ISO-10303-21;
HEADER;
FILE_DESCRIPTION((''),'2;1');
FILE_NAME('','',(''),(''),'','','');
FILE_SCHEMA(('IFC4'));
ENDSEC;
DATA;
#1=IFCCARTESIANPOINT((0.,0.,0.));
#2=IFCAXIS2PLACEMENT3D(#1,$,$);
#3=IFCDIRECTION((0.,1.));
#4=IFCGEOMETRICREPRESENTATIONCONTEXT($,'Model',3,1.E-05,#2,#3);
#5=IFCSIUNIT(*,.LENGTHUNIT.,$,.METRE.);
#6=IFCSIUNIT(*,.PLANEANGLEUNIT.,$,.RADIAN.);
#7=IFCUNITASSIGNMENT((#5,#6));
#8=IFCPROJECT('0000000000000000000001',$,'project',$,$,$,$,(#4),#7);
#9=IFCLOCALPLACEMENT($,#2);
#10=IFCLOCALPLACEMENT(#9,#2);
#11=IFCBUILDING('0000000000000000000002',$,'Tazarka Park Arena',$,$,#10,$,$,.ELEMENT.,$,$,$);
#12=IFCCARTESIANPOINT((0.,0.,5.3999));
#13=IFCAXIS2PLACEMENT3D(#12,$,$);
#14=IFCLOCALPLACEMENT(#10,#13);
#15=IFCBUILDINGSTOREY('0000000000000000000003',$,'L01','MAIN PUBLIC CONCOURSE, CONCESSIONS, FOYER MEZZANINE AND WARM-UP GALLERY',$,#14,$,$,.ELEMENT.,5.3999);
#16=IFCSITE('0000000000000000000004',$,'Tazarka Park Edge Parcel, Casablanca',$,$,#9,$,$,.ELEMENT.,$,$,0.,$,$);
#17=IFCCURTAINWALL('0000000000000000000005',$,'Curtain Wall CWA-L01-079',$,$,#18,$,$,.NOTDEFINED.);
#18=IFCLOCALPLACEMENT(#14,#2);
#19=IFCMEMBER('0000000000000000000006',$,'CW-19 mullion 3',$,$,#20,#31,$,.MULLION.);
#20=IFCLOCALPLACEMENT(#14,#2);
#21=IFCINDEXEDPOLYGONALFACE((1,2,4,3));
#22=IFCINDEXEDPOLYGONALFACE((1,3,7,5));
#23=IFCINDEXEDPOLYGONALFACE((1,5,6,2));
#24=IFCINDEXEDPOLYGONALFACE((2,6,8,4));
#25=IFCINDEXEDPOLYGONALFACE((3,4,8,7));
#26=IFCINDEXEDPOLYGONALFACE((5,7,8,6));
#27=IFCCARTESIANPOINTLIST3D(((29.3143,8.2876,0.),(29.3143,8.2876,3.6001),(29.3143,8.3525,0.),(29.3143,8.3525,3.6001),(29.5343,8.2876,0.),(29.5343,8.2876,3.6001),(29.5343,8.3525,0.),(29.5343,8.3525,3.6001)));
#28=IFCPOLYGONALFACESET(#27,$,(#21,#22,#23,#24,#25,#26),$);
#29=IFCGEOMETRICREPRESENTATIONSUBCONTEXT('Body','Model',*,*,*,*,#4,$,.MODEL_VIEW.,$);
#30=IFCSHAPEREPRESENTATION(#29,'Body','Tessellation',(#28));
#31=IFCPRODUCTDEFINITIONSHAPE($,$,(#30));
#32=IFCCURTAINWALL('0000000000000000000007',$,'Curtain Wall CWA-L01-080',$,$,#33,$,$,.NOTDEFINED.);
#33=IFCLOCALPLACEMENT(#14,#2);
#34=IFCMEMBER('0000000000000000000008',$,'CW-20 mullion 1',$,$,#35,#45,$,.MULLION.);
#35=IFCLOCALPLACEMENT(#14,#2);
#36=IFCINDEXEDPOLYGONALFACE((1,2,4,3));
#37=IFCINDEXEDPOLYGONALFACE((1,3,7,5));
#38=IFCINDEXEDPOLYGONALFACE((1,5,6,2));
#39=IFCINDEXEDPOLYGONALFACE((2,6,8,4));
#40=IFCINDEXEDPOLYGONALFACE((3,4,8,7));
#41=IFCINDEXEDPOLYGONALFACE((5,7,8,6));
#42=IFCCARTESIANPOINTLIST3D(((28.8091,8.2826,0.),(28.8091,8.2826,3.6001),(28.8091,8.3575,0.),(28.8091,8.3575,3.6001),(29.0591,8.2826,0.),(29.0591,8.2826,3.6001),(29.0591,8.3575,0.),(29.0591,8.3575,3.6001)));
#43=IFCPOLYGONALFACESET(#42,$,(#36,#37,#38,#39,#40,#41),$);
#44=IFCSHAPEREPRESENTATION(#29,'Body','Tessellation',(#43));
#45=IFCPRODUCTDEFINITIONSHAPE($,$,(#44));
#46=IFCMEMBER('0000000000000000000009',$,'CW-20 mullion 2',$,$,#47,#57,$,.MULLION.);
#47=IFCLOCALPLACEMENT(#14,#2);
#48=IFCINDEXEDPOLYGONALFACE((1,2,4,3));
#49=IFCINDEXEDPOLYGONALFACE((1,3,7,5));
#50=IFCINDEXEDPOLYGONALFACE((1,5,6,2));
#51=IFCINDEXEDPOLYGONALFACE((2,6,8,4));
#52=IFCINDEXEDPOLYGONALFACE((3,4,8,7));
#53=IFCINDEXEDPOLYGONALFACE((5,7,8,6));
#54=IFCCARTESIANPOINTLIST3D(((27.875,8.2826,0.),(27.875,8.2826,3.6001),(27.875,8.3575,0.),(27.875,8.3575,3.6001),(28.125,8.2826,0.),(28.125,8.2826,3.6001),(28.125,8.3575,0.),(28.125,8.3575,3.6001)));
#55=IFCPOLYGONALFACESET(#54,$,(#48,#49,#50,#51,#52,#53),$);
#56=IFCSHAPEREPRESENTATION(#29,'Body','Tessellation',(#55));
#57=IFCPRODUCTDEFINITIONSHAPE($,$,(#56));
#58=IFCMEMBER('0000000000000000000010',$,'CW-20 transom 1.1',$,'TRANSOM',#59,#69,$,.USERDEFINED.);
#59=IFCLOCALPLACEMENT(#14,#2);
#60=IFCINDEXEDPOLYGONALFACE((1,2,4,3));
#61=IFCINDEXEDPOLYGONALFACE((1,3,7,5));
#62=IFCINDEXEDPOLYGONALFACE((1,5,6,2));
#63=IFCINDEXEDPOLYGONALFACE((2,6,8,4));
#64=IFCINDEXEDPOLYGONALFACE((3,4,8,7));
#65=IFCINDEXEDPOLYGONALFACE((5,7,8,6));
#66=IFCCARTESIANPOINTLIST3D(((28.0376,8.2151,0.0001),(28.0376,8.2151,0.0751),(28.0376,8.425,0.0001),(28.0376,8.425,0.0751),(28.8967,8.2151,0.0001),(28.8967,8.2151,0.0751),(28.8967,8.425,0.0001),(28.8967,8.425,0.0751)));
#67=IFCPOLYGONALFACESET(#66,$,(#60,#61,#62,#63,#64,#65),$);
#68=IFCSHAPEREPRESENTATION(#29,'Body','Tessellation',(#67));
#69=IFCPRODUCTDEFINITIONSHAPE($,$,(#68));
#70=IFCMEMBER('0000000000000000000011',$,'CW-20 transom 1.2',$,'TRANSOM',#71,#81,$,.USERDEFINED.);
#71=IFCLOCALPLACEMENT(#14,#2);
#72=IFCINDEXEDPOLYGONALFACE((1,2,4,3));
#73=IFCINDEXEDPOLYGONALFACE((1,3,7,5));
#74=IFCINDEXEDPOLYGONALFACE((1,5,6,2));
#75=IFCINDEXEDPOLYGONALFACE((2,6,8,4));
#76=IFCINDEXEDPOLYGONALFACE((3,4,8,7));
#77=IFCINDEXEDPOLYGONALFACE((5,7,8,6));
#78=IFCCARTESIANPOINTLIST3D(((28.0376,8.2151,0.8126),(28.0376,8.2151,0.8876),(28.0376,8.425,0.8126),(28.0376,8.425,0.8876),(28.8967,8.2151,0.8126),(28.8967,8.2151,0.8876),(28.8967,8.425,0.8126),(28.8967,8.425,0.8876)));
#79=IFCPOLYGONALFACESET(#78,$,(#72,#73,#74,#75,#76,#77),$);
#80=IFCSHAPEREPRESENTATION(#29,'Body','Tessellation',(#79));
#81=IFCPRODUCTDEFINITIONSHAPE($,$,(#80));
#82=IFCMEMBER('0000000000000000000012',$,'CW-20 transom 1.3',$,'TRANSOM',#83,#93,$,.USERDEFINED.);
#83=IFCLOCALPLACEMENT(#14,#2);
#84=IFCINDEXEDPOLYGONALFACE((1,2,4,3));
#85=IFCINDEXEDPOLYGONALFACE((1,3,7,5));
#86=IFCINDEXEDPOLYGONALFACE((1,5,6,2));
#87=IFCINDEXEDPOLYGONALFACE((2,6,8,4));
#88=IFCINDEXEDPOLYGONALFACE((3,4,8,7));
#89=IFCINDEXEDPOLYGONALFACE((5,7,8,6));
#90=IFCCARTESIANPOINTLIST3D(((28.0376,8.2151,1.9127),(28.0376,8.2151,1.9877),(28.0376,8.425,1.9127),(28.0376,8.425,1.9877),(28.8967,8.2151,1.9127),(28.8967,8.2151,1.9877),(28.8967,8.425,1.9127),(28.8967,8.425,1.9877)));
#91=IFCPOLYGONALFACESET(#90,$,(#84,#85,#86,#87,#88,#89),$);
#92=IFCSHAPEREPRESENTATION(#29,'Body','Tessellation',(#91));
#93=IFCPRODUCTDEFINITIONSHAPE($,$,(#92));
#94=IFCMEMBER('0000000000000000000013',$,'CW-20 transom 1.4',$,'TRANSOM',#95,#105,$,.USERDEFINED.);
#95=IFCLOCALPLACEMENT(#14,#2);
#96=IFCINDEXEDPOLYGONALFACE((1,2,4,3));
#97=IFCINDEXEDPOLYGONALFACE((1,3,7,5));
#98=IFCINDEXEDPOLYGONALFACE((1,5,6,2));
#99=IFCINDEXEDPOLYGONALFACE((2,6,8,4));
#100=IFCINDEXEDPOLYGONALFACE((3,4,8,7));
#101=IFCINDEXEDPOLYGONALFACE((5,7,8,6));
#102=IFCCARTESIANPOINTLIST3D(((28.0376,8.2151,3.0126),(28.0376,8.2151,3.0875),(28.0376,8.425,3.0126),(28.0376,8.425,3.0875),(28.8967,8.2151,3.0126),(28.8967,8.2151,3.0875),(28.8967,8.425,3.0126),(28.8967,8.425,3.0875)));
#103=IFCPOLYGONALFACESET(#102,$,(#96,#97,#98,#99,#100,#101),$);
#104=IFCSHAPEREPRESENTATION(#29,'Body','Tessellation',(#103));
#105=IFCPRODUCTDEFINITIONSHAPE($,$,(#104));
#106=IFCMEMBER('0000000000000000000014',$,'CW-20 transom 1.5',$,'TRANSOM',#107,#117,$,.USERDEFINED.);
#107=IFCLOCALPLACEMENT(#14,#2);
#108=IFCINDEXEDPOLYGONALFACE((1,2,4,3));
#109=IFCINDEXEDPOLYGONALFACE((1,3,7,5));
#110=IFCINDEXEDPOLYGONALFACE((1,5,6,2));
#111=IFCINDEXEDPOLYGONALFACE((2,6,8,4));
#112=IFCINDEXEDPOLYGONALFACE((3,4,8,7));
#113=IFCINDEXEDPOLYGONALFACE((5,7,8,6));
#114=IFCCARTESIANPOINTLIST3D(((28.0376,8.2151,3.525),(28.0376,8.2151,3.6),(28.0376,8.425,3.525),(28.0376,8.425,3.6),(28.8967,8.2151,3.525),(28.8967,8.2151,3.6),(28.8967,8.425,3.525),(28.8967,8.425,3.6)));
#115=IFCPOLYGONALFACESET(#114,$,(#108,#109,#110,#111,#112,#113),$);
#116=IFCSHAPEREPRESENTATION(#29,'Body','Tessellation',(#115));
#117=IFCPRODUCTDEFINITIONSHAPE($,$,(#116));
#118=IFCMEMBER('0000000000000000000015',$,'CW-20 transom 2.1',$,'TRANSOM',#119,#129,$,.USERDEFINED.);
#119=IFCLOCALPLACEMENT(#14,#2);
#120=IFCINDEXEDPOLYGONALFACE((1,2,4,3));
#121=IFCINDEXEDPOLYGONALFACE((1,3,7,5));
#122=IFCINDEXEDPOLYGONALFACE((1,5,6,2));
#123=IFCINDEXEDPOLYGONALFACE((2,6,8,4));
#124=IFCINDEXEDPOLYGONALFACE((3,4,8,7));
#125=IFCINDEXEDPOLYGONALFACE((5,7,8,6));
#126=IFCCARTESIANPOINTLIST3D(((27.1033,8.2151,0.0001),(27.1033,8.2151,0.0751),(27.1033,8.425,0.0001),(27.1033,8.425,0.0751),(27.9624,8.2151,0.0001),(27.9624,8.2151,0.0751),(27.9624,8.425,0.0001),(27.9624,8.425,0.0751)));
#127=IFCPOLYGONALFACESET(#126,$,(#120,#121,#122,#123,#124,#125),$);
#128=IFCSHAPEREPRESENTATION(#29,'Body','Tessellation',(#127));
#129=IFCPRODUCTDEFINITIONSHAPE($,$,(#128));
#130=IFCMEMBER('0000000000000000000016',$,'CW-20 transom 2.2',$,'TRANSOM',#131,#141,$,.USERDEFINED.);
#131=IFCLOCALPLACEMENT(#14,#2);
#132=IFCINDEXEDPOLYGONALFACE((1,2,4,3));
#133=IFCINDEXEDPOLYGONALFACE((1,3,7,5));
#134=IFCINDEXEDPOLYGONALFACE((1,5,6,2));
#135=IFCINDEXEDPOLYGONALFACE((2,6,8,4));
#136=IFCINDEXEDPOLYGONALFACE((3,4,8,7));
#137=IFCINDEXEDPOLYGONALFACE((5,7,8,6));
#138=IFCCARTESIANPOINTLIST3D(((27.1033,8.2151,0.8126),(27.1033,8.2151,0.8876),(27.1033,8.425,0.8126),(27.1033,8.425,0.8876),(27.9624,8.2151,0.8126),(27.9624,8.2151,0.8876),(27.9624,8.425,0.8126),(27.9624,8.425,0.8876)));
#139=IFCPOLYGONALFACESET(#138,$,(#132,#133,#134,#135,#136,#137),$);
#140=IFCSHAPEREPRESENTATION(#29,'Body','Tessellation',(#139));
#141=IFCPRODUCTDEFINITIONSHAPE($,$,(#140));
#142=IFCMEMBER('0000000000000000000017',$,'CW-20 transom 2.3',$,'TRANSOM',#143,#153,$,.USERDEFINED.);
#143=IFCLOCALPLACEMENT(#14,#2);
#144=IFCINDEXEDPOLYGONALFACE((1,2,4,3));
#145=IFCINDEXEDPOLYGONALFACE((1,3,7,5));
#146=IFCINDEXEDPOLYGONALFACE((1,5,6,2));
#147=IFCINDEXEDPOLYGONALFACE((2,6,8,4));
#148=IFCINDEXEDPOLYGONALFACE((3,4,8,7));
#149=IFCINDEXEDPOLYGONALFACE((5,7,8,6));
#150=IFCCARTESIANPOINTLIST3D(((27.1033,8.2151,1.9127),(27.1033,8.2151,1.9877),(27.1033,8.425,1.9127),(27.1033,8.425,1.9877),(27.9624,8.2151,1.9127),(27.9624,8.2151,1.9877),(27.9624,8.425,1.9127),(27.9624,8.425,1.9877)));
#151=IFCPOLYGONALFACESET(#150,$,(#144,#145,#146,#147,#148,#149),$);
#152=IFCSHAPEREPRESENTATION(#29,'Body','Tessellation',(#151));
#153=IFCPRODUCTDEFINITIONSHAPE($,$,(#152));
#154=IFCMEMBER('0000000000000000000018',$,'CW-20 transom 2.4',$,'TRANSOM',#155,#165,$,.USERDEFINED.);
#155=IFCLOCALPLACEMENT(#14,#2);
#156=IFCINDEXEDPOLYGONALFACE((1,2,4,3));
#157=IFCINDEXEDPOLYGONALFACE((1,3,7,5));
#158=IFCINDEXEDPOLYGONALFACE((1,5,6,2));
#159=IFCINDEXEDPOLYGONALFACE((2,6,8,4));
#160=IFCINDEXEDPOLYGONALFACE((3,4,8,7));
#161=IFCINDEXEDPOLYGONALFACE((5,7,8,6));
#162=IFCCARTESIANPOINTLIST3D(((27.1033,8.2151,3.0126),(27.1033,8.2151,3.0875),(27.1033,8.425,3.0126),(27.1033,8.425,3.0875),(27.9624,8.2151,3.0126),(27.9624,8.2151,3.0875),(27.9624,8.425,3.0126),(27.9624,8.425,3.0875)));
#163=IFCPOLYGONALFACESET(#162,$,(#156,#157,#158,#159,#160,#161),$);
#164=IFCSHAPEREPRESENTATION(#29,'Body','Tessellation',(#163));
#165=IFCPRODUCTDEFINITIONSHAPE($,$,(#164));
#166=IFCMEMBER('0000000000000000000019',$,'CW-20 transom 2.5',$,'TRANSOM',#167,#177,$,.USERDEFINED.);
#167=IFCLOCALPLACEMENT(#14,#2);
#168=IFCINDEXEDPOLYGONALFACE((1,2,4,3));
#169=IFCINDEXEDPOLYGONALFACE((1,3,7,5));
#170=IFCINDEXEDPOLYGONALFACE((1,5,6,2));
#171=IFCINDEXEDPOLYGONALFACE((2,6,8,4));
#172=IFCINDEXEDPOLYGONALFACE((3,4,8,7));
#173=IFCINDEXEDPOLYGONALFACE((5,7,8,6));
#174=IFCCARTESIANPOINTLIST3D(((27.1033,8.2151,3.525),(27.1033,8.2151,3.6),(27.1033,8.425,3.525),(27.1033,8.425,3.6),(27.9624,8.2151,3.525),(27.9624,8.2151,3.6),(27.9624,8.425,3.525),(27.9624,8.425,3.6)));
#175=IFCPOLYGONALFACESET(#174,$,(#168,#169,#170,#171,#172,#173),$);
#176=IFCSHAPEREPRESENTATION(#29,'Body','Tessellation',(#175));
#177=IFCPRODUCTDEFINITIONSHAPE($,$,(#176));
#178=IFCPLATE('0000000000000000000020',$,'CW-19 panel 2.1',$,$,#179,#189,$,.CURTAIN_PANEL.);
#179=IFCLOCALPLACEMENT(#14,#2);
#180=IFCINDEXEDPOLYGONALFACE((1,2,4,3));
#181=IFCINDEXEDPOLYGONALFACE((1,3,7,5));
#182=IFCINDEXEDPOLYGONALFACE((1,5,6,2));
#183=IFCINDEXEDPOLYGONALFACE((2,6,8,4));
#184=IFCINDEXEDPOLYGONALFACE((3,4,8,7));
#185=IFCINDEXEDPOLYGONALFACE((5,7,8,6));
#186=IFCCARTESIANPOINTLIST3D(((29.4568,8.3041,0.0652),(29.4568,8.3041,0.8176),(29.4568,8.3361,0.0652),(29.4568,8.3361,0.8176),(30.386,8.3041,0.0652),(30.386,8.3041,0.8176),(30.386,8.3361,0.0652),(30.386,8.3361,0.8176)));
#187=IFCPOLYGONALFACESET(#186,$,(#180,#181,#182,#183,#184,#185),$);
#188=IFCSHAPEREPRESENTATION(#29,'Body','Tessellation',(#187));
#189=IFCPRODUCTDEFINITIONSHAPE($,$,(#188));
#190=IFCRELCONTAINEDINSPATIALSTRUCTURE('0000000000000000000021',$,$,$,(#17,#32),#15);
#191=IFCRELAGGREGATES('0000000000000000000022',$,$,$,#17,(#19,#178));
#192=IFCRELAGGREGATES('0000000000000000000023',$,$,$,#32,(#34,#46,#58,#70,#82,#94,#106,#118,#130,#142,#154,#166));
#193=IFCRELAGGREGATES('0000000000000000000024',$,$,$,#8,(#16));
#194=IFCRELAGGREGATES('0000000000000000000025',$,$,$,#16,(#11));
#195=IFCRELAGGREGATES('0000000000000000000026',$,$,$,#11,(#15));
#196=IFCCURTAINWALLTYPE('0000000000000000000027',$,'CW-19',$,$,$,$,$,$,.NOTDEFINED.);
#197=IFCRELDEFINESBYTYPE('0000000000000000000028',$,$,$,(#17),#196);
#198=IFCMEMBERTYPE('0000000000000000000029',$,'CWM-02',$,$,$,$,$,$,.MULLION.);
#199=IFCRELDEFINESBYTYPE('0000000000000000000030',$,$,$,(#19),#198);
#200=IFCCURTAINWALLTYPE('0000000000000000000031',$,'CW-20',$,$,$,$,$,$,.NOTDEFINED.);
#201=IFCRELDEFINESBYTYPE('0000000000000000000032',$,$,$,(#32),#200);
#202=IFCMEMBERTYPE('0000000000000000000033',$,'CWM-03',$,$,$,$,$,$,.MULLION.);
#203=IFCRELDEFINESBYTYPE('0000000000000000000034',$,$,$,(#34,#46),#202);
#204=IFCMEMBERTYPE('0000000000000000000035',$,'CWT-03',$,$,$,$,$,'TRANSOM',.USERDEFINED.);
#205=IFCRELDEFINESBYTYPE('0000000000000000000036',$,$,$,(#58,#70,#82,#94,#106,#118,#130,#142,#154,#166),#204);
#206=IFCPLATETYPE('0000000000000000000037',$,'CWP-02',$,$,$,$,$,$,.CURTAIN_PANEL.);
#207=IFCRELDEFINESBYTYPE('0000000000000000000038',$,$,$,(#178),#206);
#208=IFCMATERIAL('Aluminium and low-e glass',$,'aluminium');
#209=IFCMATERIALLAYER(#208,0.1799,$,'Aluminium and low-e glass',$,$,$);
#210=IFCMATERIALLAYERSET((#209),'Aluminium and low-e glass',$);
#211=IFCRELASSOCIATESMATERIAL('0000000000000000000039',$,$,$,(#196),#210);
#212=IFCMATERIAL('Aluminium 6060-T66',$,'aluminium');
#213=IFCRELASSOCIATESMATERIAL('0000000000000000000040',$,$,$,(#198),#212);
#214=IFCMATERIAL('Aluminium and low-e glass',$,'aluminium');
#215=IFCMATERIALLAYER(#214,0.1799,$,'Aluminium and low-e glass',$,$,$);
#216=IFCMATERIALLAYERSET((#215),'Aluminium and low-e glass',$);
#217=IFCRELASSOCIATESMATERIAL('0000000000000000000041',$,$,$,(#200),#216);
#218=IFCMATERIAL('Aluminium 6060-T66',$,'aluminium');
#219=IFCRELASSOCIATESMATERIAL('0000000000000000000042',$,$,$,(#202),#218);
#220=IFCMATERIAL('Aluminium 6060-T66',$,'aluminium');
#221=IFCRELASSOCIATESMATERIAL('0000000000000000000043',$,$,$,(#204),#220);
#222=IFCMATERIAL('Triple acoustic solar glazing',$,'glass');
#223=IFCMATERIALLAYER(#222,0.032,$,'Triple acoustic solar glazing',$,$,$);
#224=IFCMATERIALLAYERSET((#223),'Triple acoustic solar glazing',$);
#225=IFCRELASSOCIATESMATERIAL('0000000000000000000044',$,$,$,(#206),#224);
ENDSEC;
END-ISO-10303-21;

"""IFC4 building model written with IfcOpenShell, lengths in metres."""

from ifc_helpers import new_model, si_unit, direction, frame, origin, origin_2d, place, context, subcontext, project, spatial, rectangle, extrude, material, layer, layer_set, material_profile, profile_set, type_object, element, aggregate, save


model = new_model("IFC4")

# Units and contexts
model_context = context("Model", 3, precision=1e-05, world=origin(), true_north=direction((0.0, 1.0)))
body_context = subcontext(model_context, "Body", "Model", "MODEL_VIEW")
ifc_project = project(units=[si_unit("LENGTHUNIT", "METRE"), si_unit("PLANEANGLEUNIT", "RADIAN")], contexts=[model_context])

# Site, building, storey
site_placement = place(None, origin())
site = spatial("IfcSite", under=ifc_project, at=site_placement, Name="Tazarka Park Edge Parcel, Casablanca", CompositionType="ELEMENT", RefElevation=0.0)
building_placement = place(site_placement, origin())
building = spatial("IfcBuilding", under=site, at=building_placement, Name="Tazarka Park Arena", CompositionType="ELEMENT")
storey_placement = place(building_placement, frame((0.0, 0.0, 5.3999)))
storey = spatial("IfcBuildingStorey", under=building, at=storey_placement, Name="L01", Description="MAIN PUBLIC CONCOURSE, CONCESSIONS, FOYER MEZZANINE AND WARM-UP GALLERY", CompositionType="ELEMENT", Elevation=5.3999)

# Curtain wall, member
ifc_material_1 = material(Name="Aluminium and low-e glass", Category="aluminium")
ifc_layer_1 = layer(ifc_material_1, 0.1799, Name="Aluminium and low-e glass")
ifc_layer_set_1 = layer_set([ifc_layer_1], Name="Aluminium and low-e glass")
curtain_wall_type_1 = type_object("IfcCurtainWallType", Name="CW-19", PredefinedType="NOTDEFINED", material=ifc_layer_set_1)
curtain_wall_1_placement = place(storey_placement, origin())
curtain_wall_1 = element("IfcCurtainWall", 1, at=curtain_wall_1_placement, inside=storey, type_object=curtain_wall_type_1, Name="Curtain Wall CWA-L01-079", PredefinedType="NOTDEFINED")
ifc_material_2 = material(Name="Aluminium 6060-T66", Category="aluminium")
ifc_material_profile_1 = material_profile(ifc_material_2, rectangle(XDim=0.0649, YDim=0.22, at=origin_2d()), Name="Aluminium 6060-T66")
ifc_profile_set_1 = profile_set([ifc_material_profile_1], Name="Aluminium 6060-T66")
member_type_1 = type_object("IfcMemberType", Name="CWM-02", PredefinedType="MULLION", material=ifc_profile_set_1)
member_1_placement = place(storey_placement, frame((29.4243, 8.3201, 0.0), z_axis=(0.0, 0.0, 1.0), x_axis=(0.0, -1.0, 0.0)))
member_1 = element("IfcMember", 2, at=member_1_placement, type_object=member_type_1, Name="CW-19 mullion 3", PredefinedType="MULLION", context=body_context, shape_type="SweptSolid", body=[
    extrude(rectangle(XDim=0.0649, YDim=0.22, at=origin_2d()), origin(), (0.0, 0.0, 1.0), 3.6001),
])

# Curtain wall, members
ifc_material_3 = material(Name="Aluminium and low-e glass", Category="aluminium")
ifc_layer_2 = layer(ifc_material_3, 0.1799, Name="Aluminium and low-e glass")
ifc_layer_set_2 = layer_set([ifc_layer_2], Name="Aluminium and low-e glass")
curtain_wall_type_2 = type_object("IfcCurtainWallType", Name="CW-20", PredefinedType="NOTDEFINED", material=ifc_layer_set_2)
curtain_wall_2_placement = place(storey_placement, origin())
curtain_wall_2 = element("IfcCurtainWall", 3, at=curtain_wall_2_placement, inside=storey, type_object=curtain_wall_type_2, Name="Curtain Wall CWA-L01-080", PredefinedType="NOTDEFINED")
ifc_material_4 = material(Name="Aluminium 6060-T66", Category="aluminium")
ifc_material_profile_2 = material_profile(ifc_material_4, rectangle(XDim=0.075, YDim=0.25, at=origin_2d()), Name="Aluminium 6060-T66")
ifc_profile_set_2 = profile_set([ifc_material_profile_2], Name="Aluminium 6060-T66")
member_type_2 = type_object("IfcMemberType", Name="CWM-03", PredefinedType="MULLION", material=ifc_profile_set_2)
member_2_placement = place(storey_placement, frame((28.9341, 8.3201, 0.0), z_axis=(0.0, 0.0, 1.0), x_axis=(0.0, -1.0, 0.0)))
member_2 = element("IfcMember", 4, at=member_2_placement, type_object=member_type_2, Name="CW-20 mullion 1", PredefinedType="MULLION", context=body_context, shape_type="SweptSolid", body=[
    extrude(rectangle(XDim=0.075, YDim=0.25, at=origin_2d()), origin(), (0.0, 0.0, 1.0), 3.6001),
])
member_3_placement = place(storey_placement, frame((28.0, 8.3201, 0.0), z_axis=(0.0, 0.0, 1.0), x_axis=(0.0, -1.0, 0.0)))
member_3 = element("IfcMember", 5, at=member_3_placement, type_object=member_type_2, Name="CW-20 mullion 2", PredefinedType="MULLION", context=body_context, shape_type="SweptSolid", body=[
    extrude(rectangle(XDim=0.075, YDim=0.25, at=origin_2d()), origin(), (0.0, 0.0, 1.0), 3.6001),
])
ifc_material_5 = material(Name="Aluminium 6060-T66", Category="aluminium")
ifc_material_profile_3 = material_profile(ifc_material_5, rectangle(XDim=0.21, YDim=0.075, at=origin_2d()), Name="Aluminium 6060-T66")
ifc_profile_set_3 = profile_set([ifc_material_profile_3], Name="Aluminium 6060-T66")
member_type_3 = type_object("IfcMemberType", Name="CWT-03", ElementType="TRANSOM", PredefinedType="USERDEFINED", material=ifc_profile_set_3)
member_4_placement = place(storey_placement, frame((28.8967, 8.3201, 0.0376), z_axis=(-1.0, 0.0, 0.0), x_axis=(0.0, -1.0, 0.0)))
member_4 = element("IfcMember", 6, at=member_4_placement, type_object=member_type_3, Name="CW-20 transom 1.1", ObjectType="TRANSOM", PredefinedType="USERDEFINED", context=body_context, shape_type="SweptSolid", body=[
    extrude(rectangle(XDim=0.21, YDim=0.075, at=origin_2d()), origin(), (0.0, 0.0, 1.0), 0.8591),
])
member_5_placement = place(storey_placement, frame((28.8967, 8.3201, 0.8501), z_axis=(-1.0, 0.0, 0.0), x_axis=(0.0, -1.0, 0.0)))
member_5 = element("IfcMember", 7, at=member_5_placement, type_object=member_type_3, Name="CW-20 transom 1.2", ObjectType="TRANSOM", PredefinedType="USERDEFINED", context=body_context, shape_type="SweptSolid", body=[
    extrude(rectangle(XDim=0.21, YDim=0.075, at=origin_2d()), origin(), (0.0, 0.0, 1.0), 0.8591),
])
member_6_placement = place(storey_placement, frame((28.8967, 8.3201, 1.9502), z_axis=(-1.0, 0.0, 0.0), x_axis=(0.0, -1.0, 0.0)))
member_6 = element("IfcMember", 8, at=member_6_placement, type_object=member_type_3, Name="CW-20 transom 1.3", ObjectType="TRANSOM", PredefinedType="USERDEFINED", context=body_context, shape_type="SweptSolid", body=[
    extrude(rectangle(XDim=0.21, YDim=0.075, at=origin_2d()), origin(), (0.0, 0.0, 1.0), 0.8591),
])
member_7_placement = place(storey_placement, frame((28.8967, 8.3201, 3.05), z_axis=(-1.0, 0.0, 0.0), x_axis=(0.0, -1.0, 0.0)))
member_7 = element("IfcMember", 9, at=member_7_placement, type_object=member_type_3, Name="CW-20 transom 1.4", ObjectType="TRANSOM", PredefinedType="USERDEFINED", context=body_context, shape_type="SweptSolid", body=[
    extrude(rectangle(XDim=0.21, YDim=0.075, at=origin_2d()), origin(), (0.0, 0.0, 1.0), 0.8591),
])
member_8_placement = place(storey_placement, frame((28.8967, 8.3201, 3.5625), z_axis=(-1.0, 0.0, 0.0), x_axis=(0.0, -1.0, 0.0)))
member_8 = element("IfcMember", 10, at=member_8_placement, type_object=member_type_3, Name="CW-20 transom 1.5", ObjectType="TRANSOM", PredefinedType="USERDEFINED", context=body_context, shape_type="SweptSolid", body=[
    extrude(rectangle(XDim=0.21, YDim=0.075, at=origin_2d()), origin(), (0.0, 0.0, 1.0), 0.8591),
])
member_9_placement = place(storey_placement, frame((27.9624, 8.3201, 0.0376), z_axis=(-1.0, 0.0, 0.0), x_axis=(0.0, -1.0, 0.0)))
member_9 = element("IfcMember", 11, at=member_9_placement, type_object=member_type_3, Name="CW-20 transom 2.1", ObjectType="TRANSOM", PredefinedType="USERDEFINED", context=body_context, shape_type="SweptSolid", body=[
    extrude(rectangle(XDim=0.21, YDim=0.075, at=origin_2d()), origin(), (0.0, 0.0, 1.0), 0.8591),
])
member_10_placement = place(storey_placement, frame((27.9624, 8.3201, 0.8501), z_axis=(-1.0, 0.0, 0.0), x_axis=(0.0, -1.0, 0.0)))
member_10 = element("IfcMember", 12, at=member_10_placement, type_object=member_type_3, Name="CW-20 transom 2.2", ObjectType="TRANSOM", PredefinedType="USERDEFINED", context=body_context, shape_type="SweptSolid", body=[
    extrude(rectangle(XDim=0.21, YDim=0.075, at=origin_2d()), origin(), (0.0, 0.0, 1.0), 0.8591),
])
member_11_placement = place(storey_placement, frame((27.9624, 8.3201, 1.9502), z_axis=(-1.0, 0.0, 0.0), x_axis=(0.0, -1.0, 0.0)))
member_11 = element("IfcMember", 13, at=member_11_placement, type_object=member_type_3, Name="CW-20 transom 2.3", ObjectType="TRANSOM", PredefinedType="USERDEFINED", context=body_context, shape_type="SweptSolid", body=[
    extrude(rectangle(XDim=0.21, YDim=0.075, at=origin_2d()), origin(), (0.0, 0.0, 1.0), 0.8591),
])
member_12_placement = place(storey_placement, frame((27.9624, 8.3201, 3.05), z_axis=(-1.0, 0.0, 0.0), x_axis=(0.0, -1.0, 0.0)))
member_12 = element("IfcMember", 14, at=member_12_placement, type_object=member_type_3, Name="CW-20 transom 2.4", ObjectType="TRANSOM", PredefinedType="USERDEFINED", context=body_context, shape_type="SweptSolid", body=[
    extrude(rectangle(XDim=0.21, YDim=0.075, at=origin_2d()), origin(), (0.0, 0.0, 1.0), 0.8591),
])
member_13_placement = place(storey_placement, frame((27.9624, 8.3201, 3.5625), z_axis=(-1.0, 0.0, 0.0), x_axis=(0.0, -1.0, 0.0)))
member_13 = element("IfcMember", 15, at=member_13_placement, type_object=member_type_3, Name="CW-20 transom 2.5", ObjectType="TRANSOM", PredefinedType="USERDEFINED", context=body_context, shape_type="SweptSolid", body=[
    extrude(rectangle(XDim=0.21, YDim=0.075, at=origin_2d()), origin(), (0.0, 0.0, 1.0), 0.8591),
])

# Plate
ifc_material_6 = material(Name="Triple acoustic solar glazing", Category="glass")
ifc_layer_3 = layer(ifc_material_6, 0.032, Name="Triple acoustic solar glazing")
ifc_layer_set_3 = layer_set([ifc_layer_3], Name="Triple acoustic solar glazing")
plate_type_1 = type_object("IfcPlateType", Name="CWP-02", PredefinedType="CURTAIN_PANEL", material=ifc_layer_set_3)
plate_1_placement = place(storey_placement, frame((29.9214, 8.3201, 0.0652), z_axis=(0.0, 0.0, 1.0), x_axis=(-1.0, 0.0, 0.0)))
plate_1 = element("IfcPlate", 16, at=plate_1_placement, type_object=plate_type_1, Name="CW-19 panel 2.1", PredefinedType="CURTAIN_PANEL", context=body_context, shape_type="SweptSolid", body=[
    extrude(rectangle(XDim=0.9292, YDim=0.032, at=origin_2d()), origin(), (0.0, 0.0, 1.0), 0.7524),
])
aggregate(curtain_wall_1, [member_1, plate_1])
aggregate(curtain_wall_2, [member_2, member_3, member_4, member_5, member_6, member_7, member_8, member_9, member_10, member_11, member_12, member_13])

save(model, "model.ifc")
